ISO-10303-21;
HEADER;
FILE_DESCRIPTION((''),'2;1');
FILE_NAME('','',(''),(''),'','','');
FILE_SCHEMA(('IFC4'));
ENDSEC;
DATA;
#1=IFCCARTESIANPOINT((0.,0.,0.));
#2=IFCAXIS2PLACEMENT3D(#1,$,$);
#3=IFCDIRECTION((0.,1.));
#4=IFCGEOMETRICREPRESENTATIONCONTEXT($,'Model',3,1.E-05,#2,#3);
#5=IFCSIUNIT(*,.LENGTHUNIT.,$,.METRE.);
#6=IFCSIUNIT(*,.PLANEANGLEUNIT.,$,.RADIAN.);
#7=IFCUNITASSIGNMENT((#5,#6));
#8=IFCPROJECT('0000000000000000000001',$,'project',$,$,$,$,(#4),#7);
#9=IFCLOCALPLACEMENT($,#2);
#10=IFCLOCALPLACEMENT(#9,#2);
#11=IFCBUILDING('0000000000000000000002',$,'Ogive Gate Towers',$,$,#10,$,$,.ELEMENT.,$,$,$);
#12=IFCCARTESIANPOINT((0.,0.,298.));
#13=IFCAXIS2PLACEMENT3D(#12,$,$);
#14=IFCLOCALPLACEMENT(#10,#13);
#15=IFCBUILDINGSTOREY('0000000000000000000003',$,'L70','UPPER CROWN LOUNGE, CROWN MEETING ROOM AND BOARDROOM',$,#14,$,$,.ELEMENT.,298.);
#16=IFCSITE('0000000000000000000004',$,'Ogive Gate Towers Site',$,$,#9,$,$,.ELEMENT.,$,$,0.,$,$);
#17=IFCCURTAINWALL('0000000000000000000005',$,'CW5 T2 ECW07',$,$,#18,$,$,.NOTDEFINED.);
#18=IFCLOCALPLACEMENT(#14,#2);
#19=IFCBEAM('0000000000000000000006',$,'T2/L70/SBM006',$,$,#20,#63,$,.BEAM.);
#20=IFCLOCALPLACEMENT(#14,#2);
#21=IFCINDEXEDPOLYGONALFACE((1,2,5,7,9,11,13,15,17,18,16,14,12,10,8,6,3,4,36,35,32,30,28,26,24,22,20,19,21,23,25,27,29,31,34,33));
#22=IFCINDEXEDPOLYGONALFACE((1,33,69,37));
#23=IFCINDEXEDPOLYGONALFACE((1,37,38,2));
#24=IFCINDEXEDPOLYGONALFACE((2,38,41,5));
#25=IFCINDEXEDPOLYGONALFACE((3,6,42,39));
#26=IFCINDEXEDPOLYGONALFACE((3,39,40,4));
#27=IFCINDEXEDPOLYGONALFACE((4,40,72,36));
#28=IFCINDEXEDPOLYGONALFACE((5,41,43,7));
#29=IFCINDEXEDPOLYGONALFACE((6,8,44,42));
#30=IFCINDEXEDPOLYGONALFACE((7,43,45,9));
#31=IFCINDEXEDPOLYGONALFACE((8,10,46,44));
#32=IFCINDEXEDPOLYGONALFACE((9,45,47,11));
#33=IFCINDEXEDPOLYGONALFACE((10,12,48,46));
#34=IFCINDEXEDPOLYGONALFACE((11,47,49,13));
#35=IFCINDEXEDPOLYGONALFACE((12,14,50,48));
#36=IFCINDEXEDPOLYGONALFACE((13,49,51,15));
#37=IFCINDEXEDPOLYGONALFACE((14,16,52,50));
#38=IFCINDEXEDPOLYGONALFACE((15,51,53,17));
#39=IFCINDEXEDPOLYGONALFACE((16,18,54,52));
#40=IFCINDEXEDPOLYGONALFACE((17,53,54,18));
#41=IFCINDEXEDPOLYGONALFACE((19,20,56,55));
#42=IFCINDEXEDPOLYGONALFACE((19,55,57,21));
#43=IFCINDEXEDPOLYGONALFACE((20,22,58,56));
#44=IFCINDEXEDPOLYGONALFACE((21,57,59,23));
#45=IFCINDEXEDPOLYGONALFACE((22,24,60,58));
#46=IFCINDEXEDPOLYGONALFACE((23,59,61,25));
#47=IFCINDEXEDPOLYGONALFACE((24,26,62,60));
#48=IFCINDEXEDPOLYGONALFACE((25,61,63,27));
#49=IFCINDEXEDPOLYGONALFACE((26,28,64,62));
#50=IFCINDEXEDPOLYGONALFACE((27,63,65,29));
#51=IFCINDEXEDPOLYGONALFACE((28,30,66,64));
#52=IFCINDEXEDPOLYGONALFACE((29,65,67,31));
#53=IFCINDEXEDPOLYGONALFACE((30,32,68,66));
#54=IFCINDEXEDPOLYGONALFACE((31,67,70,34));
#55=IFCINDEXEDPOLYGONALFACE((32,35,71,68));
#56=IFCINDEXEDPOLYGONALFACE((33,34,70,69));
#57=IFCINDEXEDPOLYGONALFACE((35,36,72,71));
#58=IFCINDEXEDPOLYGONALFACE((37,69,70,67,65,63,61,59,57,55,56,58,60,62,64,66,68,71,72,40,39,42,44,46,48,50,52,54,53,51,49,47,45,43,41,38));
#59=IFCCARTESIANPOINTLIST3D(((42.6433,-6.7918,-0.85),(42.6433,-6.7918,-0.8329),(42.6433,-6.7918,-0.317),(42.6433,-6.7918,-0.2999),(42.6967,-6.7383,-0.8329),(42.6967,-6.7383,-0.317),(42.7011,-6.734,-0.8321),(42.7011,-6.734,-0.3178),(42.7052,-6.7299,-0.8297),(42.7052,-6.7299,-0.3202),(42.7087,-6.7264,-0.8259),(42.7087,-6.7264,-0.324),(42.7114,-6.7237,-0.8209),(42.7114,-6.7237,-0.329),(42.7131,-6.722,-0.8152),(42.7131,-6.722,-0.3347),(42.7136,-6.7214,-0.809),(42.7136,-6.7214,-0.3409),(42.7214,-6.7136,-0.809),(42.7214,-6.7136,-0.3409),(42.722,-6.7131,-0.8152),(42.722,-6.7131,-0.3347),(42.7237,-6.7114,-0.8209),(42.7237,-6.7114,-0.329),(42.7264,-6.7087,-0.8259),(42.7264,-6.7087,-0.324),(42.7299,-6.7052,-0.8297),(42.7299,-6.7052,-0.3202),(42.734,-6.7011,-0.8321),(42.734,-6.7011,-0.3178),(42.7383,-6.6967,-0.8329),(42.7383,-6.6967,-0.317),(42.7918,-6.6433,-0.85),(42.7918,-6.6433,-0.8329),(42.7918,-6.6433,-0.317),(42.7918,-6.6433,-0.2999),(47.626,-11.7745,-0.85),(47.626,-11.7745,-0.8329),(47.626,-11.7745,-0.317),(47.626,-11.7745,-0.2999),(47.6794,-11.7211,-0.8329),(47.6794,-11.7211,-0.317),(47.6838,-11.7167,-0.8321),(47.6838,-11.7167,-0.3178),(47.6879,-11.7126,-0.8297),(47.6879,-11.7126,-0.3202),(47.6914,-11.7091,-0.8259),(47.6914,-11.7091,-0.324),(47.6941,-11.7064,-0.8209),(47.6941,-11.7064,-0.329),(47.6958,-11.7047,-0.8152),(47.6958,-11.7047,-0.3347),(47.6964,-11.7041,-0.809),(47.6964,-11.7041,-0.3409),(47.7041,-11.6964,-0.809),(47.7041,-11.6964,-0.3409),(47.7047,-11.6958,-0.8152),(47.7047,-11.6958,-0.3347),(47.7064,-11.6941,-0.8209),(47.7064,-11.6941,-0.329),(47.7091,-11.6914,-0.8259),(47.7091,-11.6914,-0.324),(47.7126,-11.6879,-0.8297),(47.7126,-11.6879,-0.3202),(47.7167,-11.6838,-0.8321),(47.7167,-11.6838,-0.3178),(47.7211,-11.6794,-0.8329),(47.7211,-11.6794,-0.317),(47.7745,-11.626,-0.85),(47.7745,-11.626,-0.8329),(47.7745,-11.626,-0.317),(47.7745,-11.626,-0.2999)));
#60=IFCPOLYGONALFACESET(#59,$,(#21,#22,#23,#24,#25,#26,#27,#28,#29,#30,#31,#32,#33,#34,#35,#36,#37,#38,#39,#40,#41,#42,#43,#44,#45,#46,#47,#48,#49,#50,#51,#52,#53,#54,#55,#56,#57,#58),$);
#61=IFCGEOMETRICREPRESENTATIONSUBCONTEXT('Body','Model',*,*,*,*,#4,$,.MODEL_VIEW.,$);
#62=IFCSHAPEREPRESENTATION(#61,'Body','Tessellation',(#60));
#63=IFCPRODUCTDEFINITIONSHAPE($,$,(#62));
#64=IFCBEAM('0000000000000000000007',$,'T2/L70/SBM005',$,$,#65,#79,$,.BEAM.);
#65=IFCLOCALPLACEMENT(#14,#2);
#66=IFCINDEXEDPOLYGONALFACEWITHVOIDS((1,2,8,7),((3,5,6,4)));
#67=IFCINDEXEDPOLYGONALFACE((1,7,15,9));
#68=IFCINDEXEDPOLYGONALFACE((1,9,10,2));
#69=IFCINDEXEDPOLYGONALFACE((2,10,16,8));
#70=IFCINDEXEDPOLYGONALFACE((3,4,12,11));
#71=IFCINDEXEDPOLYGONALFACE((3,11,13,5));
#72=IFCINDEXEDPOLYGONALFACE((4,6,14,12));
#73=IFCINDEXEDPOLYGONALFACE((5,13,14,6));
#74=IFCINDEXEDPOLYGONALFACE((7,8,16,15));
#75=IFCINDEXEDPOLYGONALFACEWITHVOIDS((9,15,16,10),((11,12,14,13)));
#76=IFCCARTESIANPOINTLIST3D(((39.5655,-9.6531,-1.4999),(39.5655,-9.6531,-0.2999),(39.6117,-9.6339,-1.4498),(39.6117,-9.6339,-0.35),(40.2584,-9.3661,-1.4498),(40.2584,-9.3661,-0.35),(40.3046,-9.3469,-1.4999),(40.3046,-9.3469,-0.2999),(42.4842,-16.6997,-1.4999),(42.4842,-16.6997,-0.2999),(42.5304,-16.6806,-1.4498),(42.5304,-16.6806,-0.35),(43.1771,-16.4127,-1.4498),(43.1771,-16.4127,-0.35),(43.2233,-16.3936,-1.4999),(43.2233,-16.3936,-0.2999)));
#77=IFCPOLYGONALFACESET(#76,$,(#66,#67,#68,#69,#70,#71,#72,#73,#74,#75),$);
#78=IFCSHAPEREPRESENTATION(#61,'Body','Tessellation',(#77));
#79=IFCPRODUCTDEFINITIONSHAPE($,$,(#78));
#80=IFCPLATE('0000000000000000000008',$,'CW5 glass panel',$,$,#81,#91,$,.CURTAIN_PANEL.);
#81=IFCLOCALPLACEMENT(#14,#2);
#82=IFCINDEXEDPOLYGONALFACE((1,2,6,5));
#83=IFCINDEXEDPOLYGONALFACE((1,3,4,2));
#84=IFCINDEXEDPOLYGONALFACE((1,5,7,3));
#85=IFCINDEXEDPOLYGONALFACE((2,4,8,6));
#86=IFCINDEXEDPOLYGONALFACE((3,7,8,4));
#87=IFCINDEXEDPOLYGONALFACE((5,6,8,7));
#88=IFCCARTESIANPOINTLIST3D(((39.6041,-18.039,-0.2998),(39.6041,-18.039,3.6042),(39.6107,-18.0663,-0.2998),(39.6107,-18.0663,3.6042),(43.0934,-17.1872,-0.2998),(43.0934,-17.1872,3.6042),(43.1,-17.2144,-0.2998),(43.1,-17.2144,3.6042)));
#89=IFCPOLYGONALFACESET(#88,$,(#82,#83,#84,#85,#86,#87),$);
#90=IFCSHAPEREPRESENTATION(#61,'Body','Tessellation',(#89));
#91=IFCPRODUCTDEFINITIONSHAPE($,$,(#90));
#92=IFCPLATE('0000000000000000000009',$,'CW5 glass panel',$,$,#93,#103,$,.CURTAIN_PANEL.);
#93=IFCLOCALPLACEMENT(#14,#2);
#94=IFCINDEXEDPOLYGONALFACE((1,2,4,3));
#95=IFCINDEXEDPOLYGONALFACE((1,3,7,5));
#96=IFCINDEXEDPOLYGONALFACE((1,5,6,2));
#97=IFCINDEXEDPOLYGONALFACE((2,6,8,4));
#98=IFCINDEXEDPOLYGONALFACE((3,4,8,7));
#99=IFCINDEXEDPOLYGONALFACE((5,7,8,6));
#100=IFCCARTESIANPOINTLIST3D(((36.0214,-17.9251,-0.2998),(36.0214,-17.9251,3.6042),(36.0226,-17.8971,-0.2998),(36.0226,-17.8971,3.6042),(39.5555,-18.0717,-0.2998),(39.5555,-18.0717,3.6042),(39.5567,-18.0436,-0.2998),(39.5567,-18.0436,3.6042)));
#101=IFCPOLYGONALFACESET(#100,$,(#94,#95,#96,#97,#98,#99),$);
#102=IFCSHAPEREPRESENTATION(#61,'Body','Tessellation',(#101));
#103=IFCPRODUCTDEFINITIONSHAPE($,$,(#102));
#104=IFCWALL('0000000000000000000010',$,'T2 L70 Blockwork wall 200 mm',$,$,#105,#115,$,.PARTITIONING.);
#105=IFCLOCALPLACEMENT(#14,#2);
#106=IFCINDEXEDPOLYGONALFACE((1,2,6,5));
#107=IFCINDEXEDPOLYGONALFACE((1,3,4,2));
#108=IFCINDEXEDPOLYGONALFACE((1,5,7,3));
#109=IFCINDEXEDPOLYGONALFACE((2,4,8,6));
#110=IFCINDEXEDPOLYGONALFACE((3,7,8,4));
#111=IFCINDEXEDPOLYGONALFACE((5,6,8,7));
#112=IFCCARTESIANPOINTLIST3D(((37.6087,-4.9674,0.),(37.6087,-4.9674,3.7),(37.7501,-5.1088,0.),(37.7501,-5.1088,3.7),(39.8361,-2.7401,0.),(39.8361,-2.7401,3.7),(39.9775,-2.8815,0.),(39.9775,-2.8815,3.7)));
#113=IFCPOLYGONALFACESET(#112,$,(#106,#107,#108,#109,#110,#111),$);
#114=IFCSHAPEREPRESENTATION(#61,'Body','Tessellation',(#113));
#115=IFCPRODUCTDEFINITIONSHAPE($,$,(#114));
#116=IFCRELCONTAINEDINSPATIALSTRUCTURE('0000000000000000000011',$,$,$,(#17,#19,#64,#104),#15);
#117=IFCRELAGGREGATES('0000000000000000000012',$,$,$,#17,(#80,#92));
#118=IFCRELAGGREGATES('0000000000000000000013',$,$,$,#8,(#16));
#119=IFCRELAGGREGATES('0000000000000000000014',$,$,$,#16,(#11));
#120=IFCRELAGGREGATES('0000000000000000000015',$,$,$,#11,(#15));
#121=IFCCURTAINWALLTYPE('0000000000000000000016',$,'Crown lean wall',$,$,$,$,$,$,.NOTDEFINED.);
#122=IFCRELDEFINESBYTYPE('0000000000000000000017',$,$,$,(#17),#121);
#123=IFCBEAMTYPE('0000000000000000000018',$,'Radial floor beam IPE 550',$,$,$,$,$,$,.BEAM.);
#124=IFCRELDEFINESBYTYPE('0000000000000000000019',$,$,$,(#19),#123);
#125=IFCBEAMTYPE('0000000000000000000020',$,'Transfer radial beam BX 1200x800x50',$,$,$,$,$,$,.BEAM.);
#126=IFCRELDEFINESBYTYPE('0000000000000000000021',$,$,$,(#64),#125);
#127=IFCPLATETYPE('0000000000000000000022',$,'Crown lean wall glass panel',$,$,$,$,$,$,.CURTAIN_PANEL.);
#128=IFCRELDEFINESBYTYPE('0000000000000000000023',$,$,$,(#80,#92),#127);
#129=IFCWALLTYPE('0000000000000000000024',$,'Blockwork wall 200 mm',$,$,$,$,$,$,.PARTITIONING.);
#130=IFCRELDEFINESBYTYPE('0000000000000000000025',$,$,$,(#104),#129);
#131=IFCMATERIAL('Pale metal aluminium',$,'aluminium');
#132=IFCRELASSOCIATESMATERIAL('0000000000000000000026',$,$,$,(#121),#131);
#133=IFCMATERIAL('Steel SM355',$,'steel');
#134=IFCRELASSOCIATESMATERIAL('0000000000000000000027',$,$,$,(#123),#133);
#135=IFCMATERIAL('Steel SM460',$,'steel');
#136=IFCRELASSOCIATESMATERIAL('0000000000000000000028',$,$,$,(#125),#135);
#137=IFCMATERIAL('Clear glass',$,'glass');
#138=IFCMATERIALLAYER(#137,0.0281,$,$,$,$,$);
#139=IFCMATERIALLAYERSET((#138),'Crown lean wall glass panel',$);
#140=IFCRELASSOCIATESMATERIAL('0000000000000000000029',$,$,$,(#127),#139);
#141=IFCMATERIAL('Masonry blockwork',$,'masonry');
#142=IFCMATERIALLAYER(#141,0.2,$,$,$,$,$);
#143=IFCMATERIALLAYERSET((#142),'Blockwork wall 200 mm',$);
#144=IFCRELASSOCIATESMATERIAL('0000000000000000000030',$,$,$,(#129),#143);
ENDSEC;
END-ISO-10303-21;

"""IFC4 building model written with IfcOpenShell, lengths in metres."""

from ifc_helpers import new_model, si_unit, direction, frame, frame_2d, origin, origin_2d, place, context, subcontext, project, spatial, rectangle, hollow_rectangle, i_section, extrude, material, layer, layer_set, material_profile, profile_set, type_object, element, aggregate, save


model = new_model("IFC4")

# Units and contexts
model_context = context("Model", 3, precision=1e-05, world=origin(), true_north=direction((0.0, 1.0)))
body_context = subcontext(model_context, "Body", "Model", "MODEL_VIEW")
ifc_project = project(units=[si_unit("LENGTHUNIT", "METRE"), si_unit("PLANEANGLEUNIT", "RADIAN")], contexts=[model_context])

# Site, building, storey
site_placement = place(None, origin())
site = spatial("IfcSite", under=ifc_project, at=site_placement, Name="Ogive Gate Towers Site", CompositionType="ELEMENT", RefElevation=0.0)
building_placement = place(site_placement, origin())
building = spatial("IfcBuilding", under=site, at=building_placement, Name="Ogive Gate Towers", CompositionType="ELEMENT")
storey_placement = place(building_placement, frame((0.0, 0.0, 298.0)))
storey = spatial("IfcBuildingStorey", under=building, at=storey_placement, Name="L70", Description="UPPER CROWN LOUNGE, CROWN MEETING ROOM AND BOARDROOM", CompositionType="ELEMENT", Elevation=298.0)

# Shared definitions
ifc_material_1 = material(Name="Steel SM460", Category="steel")

# Shared definitions
ifc_material_2 = material(Name="Pale metal aluminium", Category="aluminium")
curtain_wall_type = type_object("IfcCurtainWallType", Name="Crown lean wall", PredefinedType="NOTDEFINED", material=ifc_material_2)

# Curtain wall
curtain_wall_1_placement = place(storey_placement, origin())
curtain_wall_1 = element("IfcCurtainWall", 1, at=curtain_wall_1_placement, inside=storey, type_object=curtain_wall_type, Name="CW5 T2 ECW07", PredefinedType="NOTDEFINED")

# Beams
ifc_material_3 = material(Name="Steel SM355", Category="steel")
ifc_material_profile_1 = material_profile(ifc_material_3, i_section(OverallWidth=0.21, OverallDepth=0.55, WebThickness=0.011, FlangeThickness=0.0171, FilletRadius=0.0239, at=origin_2d()), Name="IPE 550")
ifc_profile_set_1 = profile_set([ifc_material_profile_1], Name="Steel SM355")
beam_type_1 = type_object("IfcBeamType", Name="Radial floor beam IPE 550", PredefinedType="BEAM", material=ifc_profile_set_1)
beam_1_placement = place(storey_placement, frame((42.7175, -6.7175, -0.575), z_axis=(0.707107, -0.707107, 0.0), x_axis=(0.707107, 0.707107, 0.0)))
element("IfcBeam", 2, at=beam_1_placement, inside=storey, type_object=beam_type_1, Name="T2/L70/SBM006", PredefinedType="BEAM", context=body_context, shape_type="SweptSolid", body=[
    extrude(i_section(OverallWidth=0.21, OverallDepth=0.55, WebThickness=0.011, FlangeThickness=0.0171, FilletRadius=0.0239, at=origin_2d()), origin(), (0.0, 0.0, 1.0), 7.0466),
])
ifc_material_profile_2 = material_profile(ifc_material_1, hollow_rectangle(XDim=0.8, YDim=1.2, WallThickness=0.05, at=origin_2d()), Name="BX 1200x800x50")
ifc_profile_set_2 = profile_set([ifc_material_profile_2], Name="Steel SM460")
beam_type_2 = type_object("IfcBeamType", Name="Transfer radial beam BX 1200x800x50", PredefinedType="BEAM", material=ifc_profile_set_2)
beam_2_placement = place(storey_placement, frame((39.9351, -9.5, -0.8999), z_axis=(0.382671, -0.923885, 0.0), x_axis=(0.923885, 0.382671, 0.0)))
element("IfcBeam", 3, at=beam_2_placement, inside=storey, type_object=beam_type_2, Name="T2/L70/SBM005", PredefinedType="BEAM", context=body_context, shape_type="SweptSolid", body=[
    extrude(hollow_rectangle(XDim=0.8, YDim=1.2, WallThickness=0.05, at=origin_2d()), origin(), (0.0, 0.0, 1.0), 7.6272),
])

# Plates
ifc_material_4 = material(Name="Clear glass", Category="glass")
ifc_layer_1 = layer(ifc_material_4, 0.0281)
ifc_layer_set_1 = layer_set([ifc_layer_1], Name="Crown lean wall glass panel")
plate_type = type_object("IfcPlateType", Name="Crown lean wall glass panel", PredefinedType="CURTAIN_PANEL", material=ifc_layer_set_1)
plate_1_placement = place(storey_placement, frame((41.3521, -17.6267, -0.2998), z_axis=(0.0, 0.0, 1.0), x_axis=(-0.971471, -0.23716, 0.0)))
plate_1 = element("IfcPlate", 4, at=plate_1_placement, type_object=plate_type, Name="CW5 glass panel", PredefinedType="CURTAIN_PANEL", context=body_context, shape_type="SweptSolid", body=[
    extrude(rectangle(XDim=3.5918, YDim=0.0281, at=origin_2d()), origin(), (0.0, 0.0, 1.0), 3.9041),
])
plate_2_placement = place(storey_placement, frame((37.7891, -17.9844, -0.2998), z_axis=(0.0, 0.0, 1.0), x_axis=(-0.999141, 0.04144, 0.0)))
plate_2 = element("IfcPlate", 5, at=plate_2_placement, type_object=plate_type, Name="CW5 glass panel", PredefinedType="CURTAIN_PANEL", context=body_context, shape_type="SweptSolid", body=[
    extrude(rectangle(XDim=3.5371, YDim=0.0281, at=origin_2d()), origin(), (0.0, 0.0, 1.0), 3.9041),
])
aggregate(curtain_wall_1, [plate_1, plate_2])

# Wall
ifc_material_5 = material(Name="Masonry blockwork", Category="masonry")
ifc_layer_2 = layer(ifc_material_5, 0.2)
ifc_layer_set_2 = layer_set([ifc_layer_2], Name="Blockwork wall 200 mm")
wall_type_1 = type_object("IfcWallType", Name="Blockwork wall 200 mm", PredefinedType="PARTITIONING", material=ifc_layer_set_2)
wall_1_placement = place(storey_placement, frame((37.6794, -5.0381, 0.0), z_axis=(0.0, 0.0, 1.0), x_axis=(0.707107, 0.707107, 0.0)))
element("IfcWall", 6, at=wall_1_placement, inside=storey, type_object=wall_type_1, Name="T2 L70 Blockwork wall 200 mm", PredefinedType="PARTITIONING", context=body_context, shape_type="SweptSolid", body=[
    extrude(rectangle(XDim=3.1499, YDim=0.2, at=frame_2d((1.575, 0.0))), origin(), (0.0, 0.0, 1.0), 3.7),
])

save(model, "model.ifc")
